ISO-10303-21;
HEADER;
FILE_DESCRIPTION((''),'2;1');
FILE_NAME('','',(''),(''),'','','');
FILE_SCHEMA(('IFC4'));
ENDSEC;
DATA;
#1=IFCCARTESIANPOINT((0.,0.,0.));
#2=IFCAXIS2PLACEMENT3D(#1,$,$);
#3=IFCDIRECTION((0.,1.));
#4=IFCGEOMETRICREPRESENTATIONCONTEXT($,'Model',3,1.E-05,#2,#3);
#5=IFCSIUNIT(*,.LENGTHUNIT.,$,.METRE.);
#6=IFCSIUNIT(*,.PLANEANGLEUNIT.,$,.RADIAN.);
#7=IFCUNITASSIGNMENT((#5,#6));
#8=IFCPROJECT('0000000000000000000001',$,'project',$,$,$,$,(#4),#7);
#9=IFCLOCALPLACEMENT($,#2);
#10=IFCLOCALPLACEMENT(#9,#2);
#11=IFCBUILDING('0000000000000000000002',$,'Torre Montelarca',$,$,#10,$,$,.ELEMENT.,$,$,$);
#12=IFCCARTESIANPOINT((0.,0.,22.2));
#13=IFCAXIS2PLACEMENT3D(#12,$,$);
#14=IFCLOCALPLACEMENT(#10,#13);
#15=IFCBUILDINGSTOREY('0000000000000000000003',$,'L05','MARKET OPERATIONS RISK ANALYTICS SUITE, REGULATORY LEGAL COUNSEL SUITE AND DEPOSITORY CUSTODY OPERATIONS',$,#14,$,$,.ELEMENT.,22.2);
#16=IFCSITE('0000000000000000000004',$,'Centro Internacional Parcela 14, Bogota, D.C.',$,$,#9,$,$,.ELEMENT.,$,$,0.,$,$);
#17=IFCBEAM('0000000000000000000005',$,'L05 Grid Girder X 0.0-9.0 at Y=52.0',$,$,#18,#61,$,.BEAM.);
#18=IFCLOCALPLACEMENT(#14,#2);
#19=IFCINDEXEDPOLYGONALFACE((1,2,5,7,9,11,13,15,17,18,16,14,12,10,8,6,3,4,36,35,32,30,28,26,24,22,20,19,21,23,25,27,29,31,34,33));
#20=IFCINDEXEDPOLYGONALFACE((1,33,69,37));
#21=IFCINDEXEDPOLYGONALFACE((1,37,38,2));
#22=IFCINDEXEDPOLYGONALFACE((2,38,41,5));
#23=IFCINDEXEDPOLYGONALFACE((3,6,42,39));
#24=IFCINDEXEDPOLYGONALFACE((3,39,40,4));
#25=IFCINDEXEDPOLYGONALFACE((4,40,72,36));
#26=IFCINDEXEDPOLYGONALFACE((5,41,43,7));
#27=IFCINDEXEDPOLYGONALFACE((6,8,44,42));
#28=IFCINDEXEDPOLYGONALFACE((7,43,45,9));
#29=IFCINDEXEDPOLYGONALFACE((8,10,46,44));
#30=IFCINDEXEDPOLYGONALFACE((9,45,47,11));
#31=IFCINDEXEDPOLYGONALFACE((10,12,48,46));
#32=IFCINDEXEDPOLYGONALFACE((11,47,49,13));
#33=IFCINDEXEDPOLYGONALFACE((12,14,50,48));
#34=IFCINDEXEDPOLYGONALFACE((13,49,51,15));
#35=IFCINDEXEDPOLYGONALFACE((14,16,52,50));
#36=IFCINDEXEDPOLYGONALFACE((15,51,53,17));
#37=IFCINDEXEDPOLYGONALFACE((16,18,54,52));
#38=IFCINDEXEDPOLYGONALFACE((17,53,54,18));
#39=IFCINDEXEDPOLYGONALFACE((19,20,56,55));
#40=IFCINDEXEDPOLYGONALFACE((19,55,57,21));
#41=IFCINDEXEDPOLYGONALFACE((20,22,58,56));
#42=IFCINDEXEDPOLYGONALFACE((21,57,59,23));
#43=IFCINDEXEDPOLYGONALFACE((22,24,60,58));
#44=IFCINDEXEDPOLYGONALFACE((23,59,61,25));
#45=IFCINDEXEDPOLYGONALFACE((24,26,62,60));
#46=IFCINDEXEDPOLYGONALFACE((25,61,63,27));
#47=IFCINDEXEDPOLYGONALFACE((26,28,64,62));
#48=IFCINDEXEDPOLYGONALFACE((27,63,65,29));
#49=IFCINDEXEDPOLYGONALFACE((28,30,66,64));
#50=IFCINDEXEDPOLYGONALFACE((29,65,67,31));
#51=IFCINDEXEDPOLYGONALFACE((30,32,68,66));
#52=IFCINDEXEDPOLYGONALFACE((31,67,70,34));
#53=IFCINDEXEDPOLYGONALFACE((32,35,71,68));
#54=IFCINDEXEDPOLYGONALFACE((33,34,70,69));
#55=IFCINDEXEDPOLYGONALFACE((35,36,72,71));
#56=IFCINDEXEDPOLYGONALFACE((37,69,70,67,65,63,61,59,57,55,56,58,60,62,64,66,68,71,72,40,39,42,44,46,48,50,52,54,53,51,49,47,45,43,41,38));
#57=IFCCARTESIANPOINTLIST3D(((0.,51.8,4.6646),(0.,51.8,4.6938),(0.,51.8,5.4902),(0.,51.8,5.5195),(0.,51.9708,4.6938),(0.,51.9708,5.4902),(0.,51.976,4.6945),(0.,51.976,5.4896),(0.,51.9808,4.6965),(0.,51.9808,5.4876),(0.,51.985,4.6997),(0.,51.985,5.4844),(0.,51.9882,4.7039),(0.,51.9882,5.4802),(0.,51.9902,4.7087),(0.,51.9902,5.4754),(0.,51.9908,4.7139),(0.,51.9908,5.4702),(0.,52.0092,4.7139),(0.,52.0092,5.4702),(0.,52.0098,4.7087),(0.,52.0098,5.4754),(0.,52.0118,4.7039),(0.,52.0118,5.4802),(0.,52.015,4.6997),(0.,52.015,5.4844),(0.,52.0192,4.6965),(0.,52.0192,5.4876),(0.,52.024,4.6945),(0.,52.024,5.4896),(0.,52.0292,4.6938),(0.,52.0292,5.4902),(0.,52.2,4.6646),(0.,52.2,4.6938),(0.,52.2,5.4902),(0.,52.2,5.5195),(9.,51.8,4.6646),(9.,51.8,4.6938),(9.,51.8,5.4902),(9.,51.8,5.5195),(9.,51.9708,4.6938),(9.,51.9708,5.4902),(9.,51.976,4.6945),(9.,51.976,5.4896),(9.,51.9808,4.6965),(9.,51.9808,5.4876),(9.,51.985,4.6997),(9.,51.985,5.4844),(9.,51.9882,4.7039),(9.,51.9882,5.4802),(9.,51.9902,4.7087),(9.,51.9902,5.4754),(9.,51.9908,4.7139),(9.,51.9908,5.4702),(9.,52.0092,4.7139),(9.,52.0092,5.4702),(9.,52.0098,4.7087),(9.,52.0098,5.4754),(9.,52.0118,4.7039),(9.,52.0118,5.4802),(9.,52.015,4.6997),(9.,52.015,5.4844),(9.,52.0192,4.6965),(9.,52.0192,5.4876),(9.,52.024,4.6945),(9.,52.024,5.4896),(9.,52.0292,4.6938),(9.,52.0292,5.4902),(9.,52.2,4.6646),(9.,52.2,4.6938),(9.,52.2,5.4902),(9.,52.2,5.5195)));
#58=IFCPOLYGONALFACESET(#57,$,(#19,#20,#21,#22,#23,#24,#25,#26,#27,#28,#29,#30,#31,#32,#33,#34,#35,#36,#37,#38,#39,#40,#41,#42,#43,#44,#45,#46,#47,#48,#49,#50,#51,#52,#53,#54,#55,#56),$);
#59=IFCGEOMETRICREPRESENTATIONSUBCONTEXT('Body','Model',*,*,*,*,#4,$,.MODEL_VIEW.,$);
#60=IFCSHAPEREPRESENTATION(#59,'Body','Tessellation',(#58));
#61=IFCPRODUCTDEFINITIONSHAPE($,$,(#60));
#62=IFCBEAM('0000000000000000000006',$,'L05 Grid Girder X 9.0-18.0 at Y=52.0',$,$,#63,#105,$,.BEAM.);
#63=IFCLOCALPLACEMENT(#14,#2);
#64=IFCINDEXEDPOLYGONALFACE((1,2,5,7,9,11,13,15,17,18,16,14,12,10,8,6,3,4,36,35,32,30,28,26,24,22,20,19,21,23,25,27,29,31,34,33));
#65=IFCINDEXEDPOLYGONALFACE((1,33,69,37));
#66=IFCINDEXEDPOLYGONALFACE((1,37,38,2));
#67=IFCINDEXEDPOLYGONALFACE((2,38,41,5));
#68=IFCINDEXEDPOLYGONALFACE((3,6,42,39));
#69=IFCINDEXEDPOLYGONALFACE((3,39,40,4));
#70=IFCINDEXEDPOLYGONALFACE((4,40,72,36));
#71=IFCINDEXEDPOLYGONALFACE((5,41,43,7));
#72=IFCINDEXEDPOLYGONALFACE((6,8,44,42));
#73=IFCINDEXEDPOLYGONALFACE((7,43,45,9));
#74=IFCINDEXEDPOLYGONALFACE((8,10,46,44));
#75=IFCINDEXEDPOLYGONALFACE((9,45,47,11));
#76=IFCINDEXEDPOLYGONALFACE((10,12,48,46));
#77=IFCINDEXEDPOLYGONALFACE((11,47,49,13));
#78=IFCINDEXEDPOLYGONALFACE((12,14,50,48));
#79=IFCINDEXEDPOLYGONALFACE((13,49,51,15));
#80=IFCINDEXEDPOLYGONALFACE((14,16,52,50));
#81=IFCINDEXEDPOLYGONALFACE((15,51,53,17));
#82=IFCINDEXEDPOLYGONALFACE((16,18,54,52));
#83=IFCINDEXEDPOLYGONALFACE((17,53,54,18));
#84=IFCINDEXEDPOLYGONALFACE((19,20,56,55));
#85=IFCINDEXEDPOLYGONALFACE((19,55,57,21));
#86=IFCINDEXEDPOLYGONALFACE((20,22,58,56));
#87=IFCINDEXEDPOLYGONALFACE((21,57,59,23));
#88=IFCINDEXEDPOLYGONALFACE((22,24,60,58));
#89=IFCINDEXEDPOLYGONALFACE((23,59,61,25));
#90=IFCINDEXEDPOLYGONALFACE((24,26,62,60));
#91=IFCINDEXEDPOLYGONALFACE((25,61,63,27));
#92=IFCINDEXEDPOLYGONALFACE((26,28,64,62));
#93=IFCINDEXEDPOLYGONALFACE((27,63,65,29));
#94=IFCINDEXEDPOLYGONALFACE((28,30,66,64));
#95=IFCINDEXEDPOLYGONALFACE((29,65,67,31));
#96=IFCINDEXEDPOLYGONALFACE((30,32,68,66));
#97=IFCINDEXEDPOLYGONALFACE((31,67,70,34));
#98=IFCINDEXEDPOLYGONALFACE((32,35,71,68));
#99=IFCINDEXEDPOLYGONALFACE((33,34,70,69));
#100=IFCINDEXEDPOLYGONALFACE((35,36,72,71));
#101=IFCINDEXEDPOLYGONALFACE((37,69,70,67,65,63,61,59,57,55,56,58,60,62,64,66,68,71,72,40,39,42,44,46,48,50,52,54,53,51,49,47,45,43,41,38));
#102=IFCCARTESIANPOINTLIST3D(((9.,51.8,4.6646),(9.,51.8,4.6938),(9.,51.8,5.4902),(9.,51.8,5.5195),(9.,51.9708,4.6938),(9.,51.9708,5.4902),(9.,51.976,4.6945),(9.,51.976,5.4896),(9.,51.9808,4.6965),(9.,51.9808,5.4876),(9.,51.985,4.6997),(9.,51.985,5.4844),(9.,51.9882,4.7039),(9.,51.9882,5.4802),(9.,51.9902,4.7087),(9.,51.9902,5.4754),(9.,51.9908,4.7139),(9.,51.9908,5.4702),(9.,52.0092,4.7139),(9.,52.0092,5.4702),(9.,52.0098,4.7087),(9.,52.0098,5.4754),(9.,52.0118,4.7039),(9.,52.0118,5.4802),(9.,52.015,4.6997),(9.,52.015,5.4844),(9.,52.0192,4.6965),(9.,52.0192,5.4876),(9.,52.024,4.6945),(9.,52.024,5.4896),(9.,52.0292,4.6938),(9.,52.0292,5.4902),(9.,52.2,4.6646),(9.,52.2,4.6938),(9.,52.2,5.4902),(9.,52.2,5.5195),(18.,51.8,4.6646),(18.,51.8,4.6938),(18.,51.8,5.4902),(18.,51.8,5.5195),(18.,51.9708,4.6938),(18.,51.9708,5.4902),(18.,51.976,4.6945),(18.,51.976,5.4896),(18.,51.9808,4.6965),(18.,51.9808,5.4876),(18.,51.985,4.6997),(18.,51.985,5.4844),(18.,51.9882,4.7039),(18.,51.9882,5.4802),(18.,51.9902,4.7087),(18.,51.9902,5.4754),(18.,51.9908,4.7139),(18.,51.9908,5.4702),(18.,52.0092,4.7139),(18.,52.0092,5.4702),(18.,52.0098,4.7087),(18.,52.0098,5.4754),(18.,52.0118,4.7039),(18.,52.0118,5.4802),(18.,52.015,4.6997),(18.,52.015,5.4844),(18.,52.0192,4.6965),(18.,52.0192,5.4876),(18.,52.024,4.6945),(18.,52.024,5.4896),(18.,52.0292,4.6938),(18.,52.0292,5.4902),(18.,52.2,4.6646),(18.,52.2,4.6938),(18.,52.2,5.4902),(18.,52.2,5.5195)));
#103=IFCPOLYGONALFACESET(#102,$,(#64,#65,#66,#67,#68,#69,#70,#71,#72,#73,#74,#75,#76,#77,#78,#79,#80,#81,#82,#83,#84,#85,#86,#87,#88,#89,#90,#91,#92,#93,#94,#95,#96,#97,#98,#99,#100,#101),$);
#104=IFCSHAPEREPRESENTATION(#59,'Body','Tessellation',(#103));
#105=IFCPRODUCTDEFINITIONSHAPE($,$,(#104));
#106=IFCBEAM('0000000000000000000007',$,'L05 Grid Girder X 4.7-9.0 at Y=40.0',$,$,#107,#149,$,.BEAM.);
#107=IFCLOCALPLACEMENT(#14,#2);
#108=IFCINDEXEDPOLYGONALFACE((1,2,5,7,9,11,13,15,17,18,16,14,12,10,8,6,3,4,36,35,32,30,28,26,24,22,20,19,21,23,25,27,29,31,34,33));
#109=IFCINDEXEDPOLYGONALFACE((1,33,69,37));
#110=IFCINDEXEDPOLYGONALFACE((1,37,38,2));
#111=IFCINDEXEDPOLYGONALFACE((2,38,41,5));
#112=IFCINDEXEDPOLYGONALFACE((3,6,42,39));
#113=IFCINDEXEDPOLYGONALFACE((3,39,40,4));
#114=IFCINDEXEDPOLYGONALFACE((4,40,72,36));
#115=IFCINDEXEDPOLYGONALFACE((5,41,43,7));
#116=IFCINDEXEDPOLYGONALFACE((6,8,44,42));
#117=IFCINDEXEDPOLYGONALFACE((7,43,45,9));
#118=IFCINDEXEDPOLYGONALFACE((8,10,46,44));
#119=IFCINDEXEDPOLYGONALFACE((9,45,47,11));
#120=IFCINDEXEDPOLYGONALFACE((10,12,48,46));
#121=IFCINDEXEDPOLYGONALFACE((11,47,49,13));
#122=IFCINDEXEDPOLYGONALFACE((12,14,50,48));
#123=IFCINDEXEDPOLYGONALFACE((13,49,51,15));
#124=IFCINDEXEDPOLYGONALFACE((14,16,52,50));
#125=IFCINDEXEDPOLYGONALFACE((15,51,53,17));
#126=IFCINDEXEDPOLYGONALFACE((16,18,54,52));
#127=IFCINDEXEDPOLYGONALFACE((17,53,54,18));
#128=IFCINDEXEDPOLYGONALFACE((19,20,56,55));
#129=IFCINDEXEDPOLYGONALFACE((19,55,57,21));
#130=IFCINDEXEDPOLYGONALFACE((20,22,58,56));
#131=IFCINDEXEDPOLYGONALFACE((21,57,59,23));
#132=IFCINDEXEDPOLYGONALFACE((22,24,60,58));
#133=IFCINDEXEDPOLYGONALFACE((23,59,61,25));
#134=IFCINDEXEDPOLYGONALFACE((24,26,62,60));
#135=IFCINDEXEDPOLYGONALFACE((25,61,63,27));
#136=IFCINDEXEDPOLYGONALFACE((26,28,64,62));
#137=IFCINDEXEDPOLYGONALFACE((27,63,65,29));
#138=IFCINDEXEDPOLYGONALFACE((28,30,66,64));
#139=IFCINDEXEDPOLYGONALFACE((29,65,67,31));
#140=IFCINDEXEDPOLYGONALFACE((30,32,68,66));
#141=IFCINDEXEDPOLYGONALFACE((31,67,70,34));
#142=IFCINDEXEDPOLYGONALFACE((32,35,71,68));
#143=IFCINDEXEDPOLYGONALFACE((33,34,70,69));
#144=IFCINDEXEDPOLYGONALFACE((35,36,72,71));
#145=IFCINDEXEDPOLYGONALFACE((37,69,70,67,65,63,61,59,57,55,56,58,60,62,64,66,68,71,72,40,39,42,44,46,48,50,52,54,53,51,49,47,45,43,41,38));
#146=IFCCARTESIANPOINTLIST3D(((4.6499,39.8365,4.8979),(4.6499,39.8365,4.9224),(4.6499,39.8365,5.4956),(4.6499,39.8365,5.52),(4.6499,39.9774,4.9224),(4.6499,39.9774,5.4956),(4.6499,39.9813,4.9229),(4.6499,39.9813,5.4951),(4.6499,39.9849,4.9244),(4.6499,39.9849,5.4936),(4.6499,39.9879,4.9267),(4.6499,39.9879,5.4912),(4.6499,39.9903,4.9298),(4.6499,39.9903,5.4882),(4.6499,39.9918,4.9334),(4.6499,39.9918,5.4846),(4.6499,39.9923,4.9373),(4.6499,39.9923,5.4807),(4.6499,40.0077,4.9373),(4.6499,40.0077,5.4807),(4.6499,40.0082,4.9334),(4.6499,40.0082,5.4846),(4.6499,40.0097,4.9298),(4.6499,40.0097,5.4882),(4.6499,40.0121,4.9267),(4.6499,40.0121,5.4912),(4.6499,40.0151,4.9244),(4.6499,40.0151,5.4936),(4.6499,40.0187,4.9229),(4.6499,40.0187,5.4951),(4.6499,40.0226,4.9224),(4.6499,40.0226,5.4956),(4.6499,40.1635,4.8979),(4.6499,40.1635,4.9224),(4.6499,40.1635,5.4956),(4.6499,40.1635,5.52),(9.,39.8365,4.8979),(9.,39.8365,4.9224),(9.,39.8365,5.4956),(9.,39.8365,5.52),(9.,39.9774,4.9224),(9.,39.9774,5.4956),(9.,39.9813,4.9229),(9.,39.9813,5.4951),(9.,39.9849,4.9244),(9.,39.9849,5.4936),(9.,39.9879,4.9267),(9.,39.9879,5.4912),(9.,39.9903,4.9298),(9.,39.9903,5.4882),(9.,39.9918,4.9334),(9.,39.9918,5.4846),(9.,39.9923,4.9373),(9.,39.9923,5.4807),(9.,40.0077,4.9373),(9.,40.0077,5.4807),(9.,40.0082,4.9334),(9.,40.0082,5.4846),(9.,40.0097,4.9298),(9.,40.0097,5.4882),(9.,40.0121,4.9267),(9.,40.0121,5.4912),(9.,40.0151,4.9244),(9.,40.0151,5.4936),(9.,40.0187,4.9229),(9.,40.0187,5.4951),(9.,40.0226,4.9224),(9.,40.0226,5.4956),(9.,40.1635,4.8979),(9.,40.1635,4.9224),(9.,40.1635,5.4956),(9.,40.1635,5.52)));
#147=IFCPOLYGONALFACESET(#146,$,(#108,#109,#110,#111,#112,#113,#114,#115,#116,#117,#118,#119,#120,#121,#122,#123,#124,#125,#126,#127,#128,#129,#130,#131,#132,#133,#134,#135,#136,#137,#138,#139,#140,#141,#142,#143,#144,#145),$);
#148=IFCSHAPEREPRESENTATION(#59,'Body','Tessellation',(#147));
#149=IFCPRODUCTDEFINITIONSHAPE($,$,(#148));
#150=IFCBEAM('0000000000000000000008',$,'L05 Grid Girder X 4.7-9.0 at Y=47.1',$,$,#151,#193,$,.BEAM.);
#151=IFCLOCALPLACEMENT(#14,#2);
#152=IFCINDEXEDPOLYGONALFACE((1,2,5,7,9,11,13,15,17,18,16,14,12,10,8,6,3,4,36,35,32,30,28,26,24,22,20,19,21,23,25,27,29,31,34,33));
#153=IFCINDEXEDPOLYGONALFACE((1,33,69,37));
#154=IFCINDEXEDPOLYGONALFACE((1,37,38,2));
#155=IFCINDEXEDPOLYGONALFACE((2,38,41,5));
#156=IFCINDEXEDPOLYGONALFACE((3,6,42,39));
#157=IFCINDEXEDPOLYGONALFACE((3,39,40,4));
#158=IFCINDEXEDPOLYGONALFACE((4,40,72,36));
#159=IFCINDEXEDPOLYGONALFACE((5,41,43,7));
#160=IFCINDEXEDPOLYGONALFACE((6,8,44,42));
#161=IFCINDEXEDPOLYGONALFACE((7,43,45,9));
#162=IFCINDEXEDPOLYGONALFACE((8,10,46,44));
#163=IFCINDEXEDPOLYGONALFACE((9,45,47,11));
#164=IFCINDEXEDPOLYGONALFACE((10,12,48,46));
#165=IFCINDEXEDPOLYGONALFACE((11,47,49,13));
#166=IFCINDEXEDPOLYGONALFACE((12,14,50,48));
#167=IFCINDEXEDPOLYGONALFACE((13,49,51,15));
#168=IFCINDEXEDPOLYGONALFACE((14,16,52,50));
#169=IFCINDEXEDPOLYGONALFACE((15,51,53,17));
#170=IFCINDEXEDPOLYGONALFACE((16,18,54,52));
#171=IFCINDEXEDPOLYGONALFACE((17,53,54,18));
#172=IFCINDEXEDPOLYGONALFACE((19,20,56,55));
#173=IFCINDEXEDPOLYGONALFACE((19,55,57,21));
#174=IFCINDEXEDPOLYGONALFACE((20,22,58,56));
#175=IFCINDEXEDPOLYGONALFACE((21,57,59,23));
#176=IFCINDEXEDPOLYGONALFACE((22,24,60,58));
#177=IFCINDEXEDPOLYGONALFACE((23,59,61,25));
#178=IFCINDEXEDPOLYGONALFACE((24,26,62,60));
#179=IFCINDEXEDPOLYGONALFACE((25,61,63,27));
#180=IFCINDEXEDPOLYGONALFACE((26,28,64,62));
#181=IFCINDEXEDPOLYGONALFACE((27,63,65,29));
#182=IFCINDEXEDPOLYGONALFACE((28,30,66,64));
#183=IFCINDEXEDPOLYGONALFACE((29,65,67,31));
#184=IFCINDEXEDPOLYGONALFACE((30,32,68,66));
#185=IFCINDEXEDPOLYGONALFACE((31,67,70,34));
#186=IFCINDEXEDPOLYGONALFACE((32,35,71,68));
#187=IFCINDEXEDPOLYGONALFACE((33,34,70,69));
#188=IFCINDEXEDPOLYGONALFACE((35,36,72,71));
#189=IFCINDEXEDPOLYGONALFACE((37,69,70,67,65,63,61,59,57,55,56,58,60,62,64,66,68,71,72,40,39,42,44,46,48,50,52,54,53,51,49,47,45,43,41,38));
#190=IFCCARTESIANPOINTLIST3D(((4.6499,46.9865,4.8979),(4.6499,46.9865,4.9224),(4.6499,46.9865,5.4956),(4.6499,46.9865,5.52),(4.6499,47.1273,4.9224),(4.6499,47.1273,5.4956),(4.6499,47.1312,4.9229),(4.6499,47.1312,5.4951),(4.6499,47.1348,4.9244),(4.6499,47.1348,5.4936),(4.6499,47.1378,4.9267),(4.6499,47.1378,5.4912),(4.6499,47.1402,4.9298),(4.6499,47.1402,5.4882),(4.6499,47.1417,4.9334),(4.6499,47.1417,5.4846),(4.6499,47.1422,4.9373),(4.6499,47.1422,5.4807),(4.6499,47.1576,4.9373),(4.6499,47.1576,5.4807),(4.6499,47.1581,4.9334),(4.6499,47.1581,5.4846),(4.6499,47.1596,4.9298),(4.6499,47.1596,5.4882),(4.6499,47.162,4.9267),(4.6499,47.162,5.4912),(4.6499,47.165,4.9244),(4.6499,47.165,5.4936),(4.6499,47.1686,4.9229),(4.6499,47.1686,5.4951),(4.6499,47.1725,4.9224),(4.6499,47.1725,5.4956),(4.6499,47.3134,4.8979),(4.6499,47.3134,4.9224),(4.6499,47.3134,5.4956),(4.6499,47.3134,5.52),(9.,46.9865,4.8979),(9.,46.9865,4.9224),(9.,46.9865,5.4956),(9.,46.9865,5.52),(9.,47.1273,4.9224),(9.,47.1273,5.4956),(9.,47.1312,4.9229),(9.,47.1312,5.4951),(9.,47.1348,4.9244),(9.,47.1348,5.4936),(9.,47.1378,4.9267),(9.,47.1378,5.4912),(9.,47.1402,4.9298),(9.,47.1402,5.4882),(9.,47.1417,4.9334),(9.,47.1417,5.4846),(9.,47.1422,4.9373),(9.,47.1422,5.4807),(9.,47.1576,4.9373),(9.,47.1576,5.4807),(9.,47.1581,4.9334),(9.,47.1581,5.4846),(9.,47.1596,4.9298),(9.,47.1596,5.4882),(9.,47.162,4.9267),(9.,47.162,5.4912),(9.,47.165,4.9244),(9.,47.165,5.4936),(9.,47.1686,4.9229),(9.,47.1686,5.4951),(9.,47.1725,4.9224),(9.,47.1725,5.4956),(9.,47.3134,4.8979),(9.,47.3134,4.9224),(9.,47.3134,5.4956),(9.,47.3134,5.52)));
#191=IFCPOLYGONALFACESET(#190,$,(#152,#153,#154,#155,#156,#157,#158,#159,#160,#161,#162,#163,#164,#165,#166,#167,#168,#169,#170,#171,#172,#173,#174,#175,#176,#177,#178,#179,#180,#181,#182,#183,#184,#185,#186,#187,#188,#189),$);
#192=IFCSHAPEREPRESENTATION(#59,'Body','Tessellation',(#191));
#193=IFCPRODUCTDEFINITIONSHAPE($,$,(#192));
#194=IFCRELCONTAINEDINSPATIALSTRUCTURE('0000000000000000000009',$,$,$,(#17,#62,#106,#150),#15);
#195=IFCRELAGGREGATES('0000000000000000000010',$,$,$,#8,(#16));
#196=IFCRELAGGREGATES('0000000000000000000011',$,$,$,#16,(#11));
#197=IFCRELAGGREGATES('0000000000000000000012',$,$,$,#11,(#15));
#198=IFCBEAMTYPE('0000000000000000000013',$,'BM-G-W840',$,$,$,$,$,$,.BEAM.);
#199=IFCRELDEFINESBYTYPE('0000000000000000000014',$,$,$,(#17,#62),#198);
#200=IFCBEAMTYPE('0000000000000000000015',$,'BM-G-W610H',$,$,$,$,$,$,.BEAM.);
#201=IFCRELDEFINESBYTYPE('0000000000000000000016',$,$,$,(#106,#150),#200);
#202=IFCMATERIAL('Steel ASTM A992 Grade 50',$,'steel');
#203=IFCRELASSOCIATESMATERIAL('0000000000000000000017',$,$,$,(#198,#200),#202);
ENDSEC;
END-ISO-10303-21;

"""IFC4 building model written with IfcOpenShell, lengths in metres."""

from ifc_helpers import new_model, si_unit, direction, frame, origin, origin_2d, place, context, subcontext, project, spatial, i_section, extrude, source, transform, mapped, material, material_profile, profile_set, type_object, element, save


model = new_model("IFC4")

# Units and contexts
model_context = context("Model", 3, precision=1e-05, world=origin(), true_north=direction((0.0, 1.0)))
body_context = subcontext(model_context, "Body", "Model", "MODEL_VIEW")
ifc_project = project(units=[si_unit("LENGTHUNIT", "METRE"), si_unit("PLANEANGLEUNIT", "RADIAN")], contexts=[model_context])

# Site, building, storey
site_placement = place(None, origin())
site = spatial("IfcSite", under=ifc_project, at=site_placement, Name="Centro Internacional Parcela 14, Bogota, D.C.", CompositionType="ELEMENT", RefElevation=0.0)
building_placement = place(site_placement, origin())
building = spatial("IfcBuilding", under=site, at=building_placement, Name="Torre Montelarca", CompositionType="ELEMENT")
storey_placement = place(building_placement, frame((0.0, 0.0, 22.2)))
storey = spatial("IfcBuildingStorey", under=building, at=storey_placement, Name="L05", Description="MARKET OPERATIONS RISK ANALYTICS SUITE, REGULATORY LEGAL COUNSEL SUITE AND DEPOSITORY CUSTODY OPERATIONS", CompositionType="ELEMENT", Elevation=22.2)

# Beams
ifc_material_1 = material(Name="Steel ASTM A992 Grade 50", Category="steel")
ifc_material_profile_1 = material_profile(ifc_material_1, i_section(OverallWidth=0.3999, OverallDepth=0.855, WebThickness=0.0183, FlangeThickness=0.0293, FilletRadius=0.02, at=origin_2d()), Name="W840X299", Category="steel")
ifc_profile_set_1 = profile_set([ifc_material_profile_1], Name="Steel ASTM A992 Grade 50")
beam_type_1 = type_object("IfcBeamType", Name="BM-G-W840", PredefinedType="BEAM", material=ifc_profile_set_1)
shared_shape_1 = source(origin(), body_context, "Body", "SweptSolid", [
    extrude(i_section(OverallWidth=0.3999, OverallDepth=0.855, WebThickness=0.0183, FlangeThickness=0.0293, FilletRadius=0.02, at=origin_2d()), origin(), (0.0, 0.0, 1.0), 9.0),
])
for number, where, z_axis, x_axis, name in (
    (1, (0.0, 52.0, 5.092), (1.0, 0.0, 0.0), (0.0, 1.0, 0.0), "L05 Grid Girder X 0.0-9.0 at Y=52.0"),
    (2, (9.0, 52.0, 5.092), (1.0, 0.0, 0.0), (0.0, 1.0, 0.0), "L05 Grid Girder X 9.0-18.0 at Y=52.0"),
):
    element("IfcBeam", number, at=place(storey_placement, frame(where, z_axis=z_axis, x_axis=x_axis)), inside=storey, type_object=beam_type_1, Name=name, PredefinedType="BEAM", context=body_context, shape_type="MappedRepresentation", body=[
        mapped(shared_shape_1, transform((0.0, 0.0, 0.0), scale=1.0)),
    ])
ifc_material_profile_2 = material_profile(ifc_material_1, i_section(OverallWidth=0.3269, OverallDepth=0.6221, WebThickness=0.0154, FlangeThickness=0.0244, FilletRadius=0.0149, at=origin_2d()), Name="W610X195", Category="steel")
ifc_profile_set_2 = profile_set([ifc_material_profile_2], Name="Steel ASTM A992 Grade 50")
beam_type_2 = type_object("IfcBeamType", Name="BM-G-W610H", PredefinedType="BEAM", material=ifc_profile_set_2)
shared_shape_2 = source(origin(), body_context, "Body", "SweptSolid", [
    extrude(i_section(OverallWidth=0.3269, OverallDepth=0.6221, WebThickness=0.0154, FlangeThickness=0.0244, FilletRadius=0.0149, at=origin_2d()), origin(), (0.0, 0.0, 1.0), 4.3501),
])
for number, where, z_axis, x_axis, name in (
    (3, (4.6499, 40.0, 5.209), (1.0, 0.0, 0.0), (0.0, 1.0, 0.0), "L05 Grid Girder X 4.7-9.0 at Y=40.0"),
    (4, (4.6499, 47.1499, 5.209), (1.0, 0.0, 0.0), (0.0, 1.0, 0.0), "L05 Grid Girder X 4.7-9.0 at Y=47.1"),
):
    element("IfcBeam", number, at=place(storey_placement, frame(where, z_axis=z_axis, x_axis=x_axis)), inside=storey, type_object=beam_type_2, Name=name, PredefinedType="BEAM", context=body_context, shape_type="MappedRepresentation", body=[
        mapped(shared_shape_2, transform((0.0, 0.0, 0.0), scale=1.0)),
    ])

save(model, "model.ifc")
